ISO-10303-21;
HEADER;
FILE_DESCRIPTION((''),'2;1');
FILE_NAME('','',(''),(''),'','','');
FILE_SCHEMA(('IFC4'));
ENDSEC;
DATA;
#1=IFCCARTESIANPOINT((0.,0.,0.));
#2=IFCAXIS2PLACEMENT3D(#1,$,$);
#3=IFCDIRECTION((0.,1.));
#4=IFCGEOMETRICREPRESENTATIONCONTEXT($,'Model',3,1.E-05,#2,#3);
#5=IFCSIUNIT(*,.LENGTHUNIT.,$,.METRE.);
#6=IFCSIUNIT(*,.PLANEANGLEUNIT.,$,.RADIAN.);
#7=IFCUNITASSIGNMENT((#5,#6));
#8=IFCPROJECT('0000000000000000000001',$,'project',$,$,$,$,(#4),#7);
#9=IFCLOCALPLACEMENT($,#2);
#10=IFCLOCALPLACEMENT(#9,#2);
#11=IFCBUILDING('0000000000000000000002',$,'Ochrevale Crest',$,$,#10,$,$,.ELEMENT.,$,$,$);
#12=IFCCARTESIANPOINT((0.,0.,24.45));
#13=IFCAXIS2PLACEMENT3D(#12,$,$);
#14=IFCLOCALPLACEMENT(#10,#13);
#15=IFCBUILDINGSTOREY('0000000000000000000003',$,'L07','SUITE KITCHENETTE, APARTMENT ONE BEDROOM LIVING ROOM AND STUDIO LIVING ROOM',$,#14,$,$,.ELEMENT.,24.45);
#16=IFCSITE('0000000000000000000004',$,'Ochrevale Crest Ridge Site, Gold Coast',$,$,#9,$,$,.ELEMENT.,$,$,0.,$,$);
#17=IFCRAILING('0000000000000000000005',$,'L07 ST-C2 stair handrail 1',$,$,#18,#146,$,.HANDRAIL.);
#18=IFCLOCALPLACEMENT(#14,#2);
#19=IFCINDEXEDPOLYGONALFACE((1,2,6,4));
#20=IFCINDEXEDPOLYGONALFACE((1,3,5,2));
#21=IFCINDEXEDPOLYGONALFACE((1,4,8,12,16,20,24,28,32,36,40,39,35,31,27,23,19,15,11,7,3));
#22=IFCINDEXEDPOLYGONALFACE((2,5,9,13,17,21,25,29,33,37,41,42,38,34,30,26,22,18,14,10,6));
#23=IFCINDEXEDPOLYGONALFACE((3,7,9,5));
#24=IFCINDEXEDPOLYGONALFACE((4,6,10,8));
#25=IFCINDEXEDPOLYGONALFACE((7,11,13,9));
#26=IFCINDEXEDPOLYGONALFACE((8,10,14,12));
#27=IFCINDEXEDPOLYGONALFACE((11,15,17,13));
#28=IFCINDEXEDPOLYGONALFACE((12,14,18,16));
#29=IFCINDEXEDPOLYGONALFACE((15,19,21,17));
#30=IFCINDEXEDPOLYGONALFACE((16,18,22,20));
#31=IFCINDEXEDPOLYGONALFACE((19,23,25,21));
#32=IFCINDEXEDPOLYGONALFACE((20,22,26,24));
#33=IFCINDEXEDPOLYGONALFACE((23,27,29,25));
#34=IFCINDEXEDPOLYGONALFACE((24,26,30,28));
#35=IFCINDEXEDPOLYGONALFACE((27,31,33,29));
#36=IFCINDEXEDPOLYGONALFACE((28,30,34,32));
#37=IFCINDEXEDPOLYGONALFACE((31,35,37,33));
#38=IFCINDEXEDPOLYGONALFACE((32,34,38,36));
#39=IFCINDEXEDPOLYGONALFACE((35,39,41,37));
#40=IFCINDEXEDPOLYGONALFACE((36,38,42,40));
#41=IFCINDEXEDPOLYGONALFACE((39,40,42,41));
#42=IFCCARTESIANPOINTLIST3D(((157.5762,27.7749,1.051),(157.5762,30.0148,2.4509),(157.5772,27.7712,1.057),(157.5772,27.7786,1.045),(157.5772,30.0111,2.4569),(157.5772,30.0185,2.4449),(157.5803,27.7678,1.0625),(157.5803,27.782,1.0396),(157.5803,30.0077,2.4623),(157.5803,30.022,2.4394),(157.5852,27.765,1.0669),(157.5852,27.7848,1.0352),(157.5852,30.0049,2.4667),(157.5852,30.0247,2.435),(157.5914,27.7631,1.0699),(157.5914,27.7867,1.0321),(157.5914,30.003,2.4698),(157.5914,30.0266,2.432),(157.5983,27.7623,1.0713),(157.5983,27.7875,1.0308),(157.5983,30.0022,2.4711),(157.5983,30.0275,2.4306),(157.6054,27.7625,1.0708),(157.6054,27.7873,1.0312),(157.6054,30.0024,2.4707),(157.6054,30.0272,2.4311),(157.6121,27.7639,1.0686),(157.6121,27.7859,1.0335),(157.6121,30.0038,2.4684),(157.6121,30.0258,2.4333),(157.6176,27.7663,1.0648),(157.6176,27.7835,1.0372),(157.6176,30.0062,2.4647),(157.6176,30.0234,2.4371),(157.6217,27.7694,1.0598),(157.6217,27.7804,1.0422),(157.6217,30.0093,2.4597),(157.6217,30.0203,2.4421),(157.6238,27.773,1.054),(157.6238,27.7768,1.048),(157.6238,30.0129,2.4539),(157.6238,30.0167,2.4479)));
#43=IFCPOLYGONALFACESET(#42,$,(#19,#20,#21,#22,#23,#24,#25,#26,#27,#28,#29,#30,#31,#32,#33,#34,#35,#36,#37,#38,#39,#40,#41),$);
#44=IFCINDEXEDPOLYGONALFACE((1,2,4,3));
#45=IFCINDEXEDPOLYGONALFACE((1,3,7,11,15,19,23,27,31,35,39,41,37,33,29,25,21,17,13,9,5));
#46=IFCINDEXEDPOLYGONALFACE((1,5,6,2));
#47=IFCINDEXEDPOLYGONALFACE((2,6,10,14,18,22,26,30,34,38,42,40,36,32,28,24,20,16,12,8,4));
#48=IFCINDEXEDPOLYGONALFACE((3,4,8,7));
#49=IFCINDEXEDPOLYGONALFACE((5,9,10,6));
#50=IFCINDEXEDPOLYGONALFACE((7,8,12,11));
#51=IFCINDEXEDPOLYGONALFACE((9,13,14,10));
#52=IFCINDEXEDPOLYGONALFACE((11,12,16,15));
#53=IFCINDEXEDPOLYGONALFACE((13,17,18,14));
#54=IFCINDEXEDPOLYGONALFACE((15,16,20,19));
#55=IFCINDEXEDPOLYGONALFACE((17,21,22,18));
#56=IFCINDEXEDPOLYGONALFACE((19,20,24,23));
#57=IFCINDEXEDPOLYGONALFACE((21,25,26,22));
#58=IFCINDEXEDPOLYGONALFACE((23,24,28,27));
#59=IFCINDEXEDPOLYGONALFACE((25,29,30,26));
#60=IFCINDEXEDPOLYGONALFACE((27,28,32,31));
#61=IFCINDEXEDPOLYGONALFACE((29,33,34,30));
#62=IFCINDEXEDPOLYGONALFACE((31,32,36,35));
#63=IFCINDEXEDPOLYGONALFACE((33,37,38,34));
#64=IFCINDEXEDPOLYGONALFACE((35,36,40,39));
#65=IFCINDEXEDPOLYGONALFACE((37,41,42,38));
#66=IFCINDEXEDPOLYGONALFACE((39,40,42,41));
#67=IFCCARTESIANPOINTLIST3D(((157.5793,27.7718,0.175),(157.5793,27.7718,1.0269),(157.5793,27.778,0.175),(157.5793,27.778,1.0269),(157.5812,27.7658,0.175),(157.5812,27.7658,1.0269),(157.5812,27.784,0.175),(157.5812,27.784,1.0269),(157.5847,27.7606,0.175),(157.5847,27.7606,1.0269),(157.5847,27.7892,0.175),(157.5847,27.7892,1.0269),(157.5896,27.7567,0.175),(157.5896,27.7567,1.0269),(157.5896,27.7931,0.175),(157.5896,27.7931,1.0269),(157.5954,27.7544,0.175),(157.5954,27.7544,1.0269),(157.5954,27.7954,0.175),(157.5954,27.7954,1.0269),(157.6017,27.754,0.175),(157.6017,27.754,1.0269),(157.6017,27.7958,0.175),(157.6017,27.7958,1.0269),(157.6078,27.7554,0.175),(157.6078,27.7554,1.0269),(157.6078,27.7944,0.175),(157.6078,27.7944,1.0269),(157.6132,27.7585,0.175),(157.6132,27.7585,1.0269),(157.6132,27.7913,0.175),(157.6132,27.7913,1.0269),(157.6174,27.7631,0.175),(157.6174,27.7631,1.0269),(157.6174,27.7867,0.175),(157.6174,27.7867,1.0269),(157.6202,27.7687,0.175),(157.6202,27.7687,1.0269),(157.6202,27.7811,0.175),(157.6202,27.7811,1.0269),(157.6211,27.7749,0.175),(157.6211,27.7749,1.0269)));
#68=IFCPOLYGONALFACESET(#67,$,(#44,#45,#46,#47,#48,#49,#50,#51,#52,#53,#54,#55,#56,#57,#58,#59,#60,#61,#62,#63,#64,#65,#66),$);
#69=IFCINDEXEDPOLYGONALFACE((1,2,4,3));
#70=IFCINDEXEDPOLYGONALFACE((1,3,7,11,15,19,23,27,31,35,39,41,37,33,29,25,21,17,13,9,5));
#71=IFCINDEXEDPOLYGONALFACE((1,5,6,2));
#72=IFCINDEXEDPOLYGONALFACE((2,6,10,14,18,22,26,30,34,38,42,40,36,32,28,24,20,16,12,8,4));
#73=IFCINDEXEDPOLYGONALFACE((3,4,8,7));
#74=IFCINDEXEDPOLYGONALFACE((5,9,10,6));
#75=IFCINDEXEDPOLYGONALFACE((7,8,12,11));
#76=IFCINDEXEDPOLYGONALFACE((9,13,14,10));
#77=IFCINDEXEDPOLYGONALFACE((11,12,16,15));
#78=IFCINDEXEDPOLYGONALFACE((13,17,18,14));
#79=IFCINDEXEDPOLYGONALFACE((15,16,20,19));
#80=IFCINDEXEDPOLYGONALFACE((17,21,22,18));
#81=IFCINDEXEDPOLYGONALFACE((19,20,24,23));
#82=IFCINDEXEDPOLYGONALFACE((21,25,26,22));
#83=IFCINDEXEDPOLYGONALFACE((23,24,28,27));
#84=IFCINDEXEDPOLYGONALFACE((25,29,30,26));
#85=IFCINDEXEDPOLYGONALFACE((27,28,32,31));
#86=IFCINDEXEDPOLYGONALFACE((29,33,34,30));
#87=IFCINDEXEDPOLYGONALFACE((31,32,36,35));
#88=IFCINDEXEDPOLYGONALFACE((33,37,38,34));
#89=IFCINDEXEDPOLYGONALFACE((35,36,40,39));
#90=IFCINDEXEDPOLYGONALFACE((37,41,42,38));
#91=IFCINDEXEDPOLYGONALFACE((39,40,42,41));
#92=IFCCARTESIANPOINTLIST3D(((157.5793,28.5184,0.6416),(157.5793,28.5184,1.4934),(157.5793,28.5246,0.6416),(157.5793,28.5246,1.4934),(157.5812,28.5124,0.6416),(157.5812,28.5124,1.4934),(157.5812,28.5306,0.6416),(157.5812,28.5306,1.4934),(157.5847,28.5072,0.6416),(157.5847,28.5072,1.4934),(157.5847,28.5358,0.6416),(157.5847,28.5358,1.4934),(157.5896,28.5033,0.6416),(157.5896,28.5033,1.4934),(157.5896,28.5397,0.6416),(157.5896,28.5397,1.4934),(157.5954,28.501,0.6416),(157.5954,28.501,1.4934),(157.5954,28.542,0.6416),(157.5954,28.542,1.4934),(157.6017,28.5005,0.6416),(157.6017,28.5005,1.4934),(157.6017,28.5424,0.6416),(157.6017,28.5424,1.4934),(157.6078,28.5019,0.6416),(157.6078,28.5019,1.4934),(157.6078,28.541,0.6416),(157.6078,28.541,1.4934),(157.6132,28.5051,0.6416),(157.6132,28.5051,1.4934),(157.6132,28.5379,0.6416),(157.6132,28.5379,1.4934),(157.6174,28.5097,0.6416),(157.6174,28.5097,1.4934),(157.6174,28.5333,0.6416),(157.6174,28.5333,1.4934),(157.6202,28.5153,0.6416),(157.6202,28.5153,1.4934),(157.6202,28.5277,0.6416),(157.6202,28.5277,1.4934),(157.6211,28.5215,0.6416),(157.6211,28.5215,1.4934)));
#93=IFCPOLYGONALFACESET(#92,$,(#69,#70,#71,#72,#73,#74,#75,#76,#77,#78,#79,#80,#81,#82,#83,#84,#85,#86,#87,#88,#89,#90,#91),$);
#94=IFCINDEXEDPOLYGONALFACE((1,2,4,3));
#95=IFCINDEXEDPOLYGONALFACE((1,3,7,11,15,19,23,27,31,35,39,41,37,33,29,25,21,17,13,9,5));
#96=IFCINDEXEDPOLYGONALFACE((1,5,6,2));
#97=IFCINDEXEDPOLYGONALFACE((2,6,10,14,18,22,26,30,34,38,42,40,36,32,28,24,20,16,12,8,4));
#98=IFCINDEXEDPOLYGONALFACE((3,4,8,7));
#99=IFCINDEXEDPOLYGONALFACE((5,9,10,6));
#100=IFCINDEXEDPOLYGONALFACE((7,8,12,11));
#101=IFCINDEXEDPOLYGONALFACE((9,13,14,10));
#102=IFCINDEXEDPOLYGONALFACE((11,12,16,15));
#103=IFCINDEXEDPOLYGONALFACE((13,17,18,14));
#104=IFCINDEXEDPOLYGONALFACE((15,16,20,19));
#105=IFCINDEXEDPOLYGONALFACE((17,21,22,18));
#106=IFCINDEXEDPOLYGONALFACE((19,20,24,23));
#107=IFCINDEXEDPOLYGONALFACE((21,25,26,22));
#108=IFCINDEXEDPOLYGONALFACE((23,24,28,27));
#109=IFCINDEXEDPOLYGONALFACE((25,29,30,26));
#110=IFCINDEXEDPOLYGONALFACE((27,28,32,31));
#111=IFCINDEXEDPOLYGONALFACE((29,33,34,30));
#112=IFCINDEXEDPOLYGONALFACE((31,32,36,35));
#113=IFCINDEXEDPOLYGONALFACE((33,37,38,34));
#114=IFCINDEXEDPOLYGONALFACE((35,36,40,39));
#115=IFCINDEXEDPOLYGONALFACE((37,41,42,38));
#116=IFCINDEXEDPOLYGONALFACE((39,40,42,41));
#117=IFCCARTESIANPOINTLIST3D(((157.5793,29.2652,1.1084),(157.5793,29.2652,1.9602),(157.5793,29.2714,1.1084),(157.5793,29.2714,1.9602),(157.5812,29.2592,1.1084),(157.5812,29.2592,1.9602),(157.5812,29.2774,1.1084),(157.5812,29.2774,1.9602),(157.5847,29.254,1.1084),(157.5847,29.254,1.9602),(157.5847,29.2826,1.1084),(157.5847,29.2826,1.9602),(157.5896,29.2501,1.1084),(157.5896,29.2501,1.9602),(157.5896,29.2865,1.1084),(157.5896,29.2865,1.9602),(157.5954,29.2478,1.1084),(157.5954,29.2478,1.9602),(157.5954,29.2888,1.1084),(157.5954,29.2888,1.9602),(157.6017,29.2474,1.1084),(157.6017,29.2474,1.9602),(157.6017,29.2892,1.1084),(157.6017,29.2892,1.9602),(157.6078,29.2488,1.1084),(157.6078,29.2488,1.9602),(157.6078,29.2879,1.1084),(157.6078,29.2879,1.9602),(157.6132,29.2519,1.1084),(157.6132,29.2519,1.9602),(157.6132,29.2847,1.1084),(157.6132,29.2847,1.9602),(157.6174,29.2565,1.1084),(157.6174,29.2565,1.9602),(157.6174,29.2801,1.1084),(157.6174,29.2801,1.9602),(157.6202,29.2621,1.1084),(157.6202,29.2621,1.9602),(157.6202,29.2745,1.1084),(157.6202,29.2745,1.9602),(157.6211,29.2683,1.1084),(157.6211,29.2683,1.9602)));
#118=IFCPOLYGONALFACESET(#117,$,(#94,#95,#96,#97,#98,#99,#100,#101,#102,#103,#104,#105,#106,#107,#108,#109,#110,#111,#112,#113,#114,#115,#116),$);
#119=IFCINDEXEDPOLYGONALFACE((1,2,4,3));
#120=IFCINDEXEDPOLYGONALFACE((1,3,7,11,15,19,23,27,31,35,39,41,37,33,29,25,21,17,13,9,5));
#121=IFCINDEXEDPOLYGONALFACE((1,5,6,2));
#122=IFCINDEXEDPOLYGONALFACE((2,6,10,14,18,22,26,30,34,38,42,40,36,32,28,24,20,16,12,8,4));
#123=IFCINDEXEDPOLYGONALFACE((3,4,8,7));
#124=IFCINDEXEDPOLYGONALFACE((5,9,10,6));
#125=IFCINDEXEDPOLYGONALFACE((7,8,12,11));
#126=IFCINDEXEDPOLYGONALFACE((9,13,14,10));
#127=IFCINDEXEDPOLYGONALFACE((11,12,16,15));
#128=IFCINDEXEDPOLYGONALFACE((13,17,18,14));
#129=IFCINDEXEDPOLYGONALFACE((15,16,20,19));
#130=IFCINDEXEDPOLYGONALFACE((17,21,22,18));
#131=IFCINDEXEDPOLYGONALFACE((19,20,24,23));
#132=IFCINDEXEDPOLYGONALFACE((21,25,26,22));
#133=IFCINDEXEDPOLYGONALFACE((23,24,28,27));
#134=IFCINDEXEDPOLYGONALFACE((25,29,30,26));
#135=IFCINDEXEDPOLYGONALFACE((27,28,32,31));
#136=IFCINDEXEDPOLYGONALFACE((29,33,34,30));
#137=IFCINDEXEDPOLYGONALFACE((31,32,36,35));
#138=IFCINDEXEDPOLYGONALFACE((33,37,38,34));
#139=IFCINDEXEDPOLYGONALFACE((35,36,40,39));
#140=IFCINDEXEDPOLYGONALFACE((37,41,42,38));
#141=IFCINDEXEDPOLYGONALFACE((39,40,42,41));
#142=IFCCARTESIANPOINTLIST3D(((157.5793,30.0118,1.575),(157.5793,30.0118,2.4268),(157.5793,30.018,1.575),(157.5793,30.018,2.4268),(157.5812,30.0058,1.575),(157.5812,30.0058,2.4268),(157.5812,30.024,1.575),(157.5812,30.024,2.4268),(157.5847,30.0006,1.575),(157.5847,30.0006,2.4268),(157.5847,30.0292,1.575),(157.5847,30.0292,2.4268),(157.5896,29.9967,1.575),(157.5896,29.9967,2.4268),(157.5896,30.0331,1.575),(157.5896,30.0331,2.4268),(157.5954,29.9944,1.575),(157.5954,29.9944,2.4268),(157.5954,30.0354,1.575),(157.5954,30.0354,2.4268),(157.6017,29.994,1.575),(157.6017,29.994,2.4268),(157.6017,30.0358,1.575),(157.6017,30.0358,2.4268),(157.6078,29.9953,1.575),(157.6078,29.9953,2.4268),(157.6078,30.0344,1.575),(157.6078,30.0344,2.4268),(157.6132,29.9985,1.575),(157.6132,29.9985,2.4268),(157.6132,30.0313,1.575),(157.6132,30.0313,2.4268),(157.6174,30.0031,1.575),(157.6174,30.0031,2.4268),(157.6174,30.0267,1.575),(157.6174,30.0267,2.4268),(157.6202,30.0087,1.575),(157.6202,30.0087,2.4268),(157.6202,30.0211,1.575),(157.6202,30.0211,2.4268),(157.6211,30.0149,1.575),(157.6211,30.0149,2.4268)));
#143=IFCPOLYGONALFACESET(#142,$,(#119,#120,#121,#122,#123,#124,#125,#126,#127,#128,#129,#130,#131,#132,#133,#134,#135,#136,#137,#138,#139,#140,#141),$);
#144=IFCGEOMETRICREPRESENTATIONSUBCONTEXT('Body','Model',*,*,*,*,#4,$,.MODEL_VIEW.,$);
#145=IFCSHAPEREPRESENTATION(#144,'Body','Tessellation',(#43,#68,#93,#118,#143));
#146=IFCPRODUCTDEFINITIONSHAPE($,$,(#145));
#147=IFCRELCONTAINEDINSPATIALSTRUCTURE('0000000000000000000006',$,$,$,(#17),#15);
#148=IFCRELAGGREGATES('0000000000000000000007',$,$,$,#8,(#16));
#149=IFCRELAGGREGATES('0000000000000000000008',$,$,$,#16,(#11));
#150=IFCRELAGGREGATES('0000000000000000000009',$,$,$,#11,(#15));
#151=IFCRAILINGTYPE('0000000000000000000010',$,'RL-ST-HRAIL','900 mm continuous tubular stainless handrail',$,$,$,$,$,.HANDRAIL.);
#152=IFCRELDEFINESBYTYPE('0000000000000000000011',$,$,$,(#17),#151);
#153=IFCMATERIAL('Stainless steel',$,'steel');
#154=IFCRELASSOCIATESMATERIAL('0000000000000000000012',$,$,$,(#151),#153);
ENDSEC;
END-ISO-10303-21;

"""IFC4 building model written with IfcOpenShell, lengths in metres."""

from ifc_helpers import new_model, si_unit, direction, frame, origin, origin_2d, place, context, subcontext, project, spatial, circle, extrude, material, type_object, element, save


model = new_model("IFC4")

# Units and contexts
model_context = context("Model", 3, precision=1e-05, world=origin(), true_north=direction((0.0, 1.0)))
body_context = subcontext(model_context, "Body", "Model", "MODEL_VIEW")
ifc_project = project(units=[si_unit("LENGTHUNIT", "METRE"), si_unit("PLANEANGLEUNIT", "RADIAN")], contexts=[model_context])

# Site, building, storey
site_placement = place(None, origin())
site = spatial("IfcSite", under=ifc_project, at=site_placement, Name="Ochrevale Crest Ridge Site, Gold Coast", CompositionType="ELEMENT", RefElevation=0.0)
building_placement = place(site_placement, origin())
building = spatial("IfcBuilding", under=site, at=building_placement, Name="Ochrevale Crest", CompositionType="ELEMENT")
storey_placement = place(building_placement, frame((0.0, 0.0, 24.45)))
storey = spatial("IfcBuildingStorey", under=building, at=storey_placement, Name="L07", Description="SUITE KITCHENETTE, APARTMENT ONE BEDROOM LIVING ROOM AND STUDIO LIVING ROOM", CompositionType="ELEMENT", Elevation=24.45)

# Railing
ifc_material_1 = material(Name="Stainless steel", Category="steel")
railing_type_1 = type_object("IfcRailingType", Name="RL-ST-HRAIL", Description="900 mm continuous tubular stainless handrail", PredefinedType="HANDRAIL", material=ifc_material_1)
railing_1_placement = place(storey_placement, frame((157.6001, 27.7749, 0.175)))
element("IfcRailing", 1, at=railing_1_placement, inside=storey, type_object=railing_type_1, Name="L07 ST-C2 stair handrail 1", PredefinedType="HANDRAIL", context=body_context, shape_type="SweptSolid", body=[
    extrude(circle(Radius=0.0239, at=origin_2d()), frame((0.0, 0.0, 0.876), z_axis=(0.0, 0.848014, 0.529974), x_axis=(-1.0, 0.0, 0.0)), (0.0, 0.0, 1.0), 2.6414),
    extrude(circle(Radius=0.021, at=origin_2d()), origin(), (0.0, 0.0, 1.0), 0.8518),
    extrude(circle(Radius=0.021, at=origin_2d()), frame((0.0, 0.7466, 0.4666)), (0.0, 0.0, 1.0), 0.8518),
    extrude(circle(Radius=0.021, at=origin_2d()), frame((0.0, 1.4934, 0.9333)), (0.0, 0.0, 1.0), 0.8518),
    extrude(circle(Radius=0.021, at=origin_2d()), frame((0.0, 2.24, 1.3999)), (0.0, 0.0, 1.0), 0.8518),
])

save(model, "model.ifc")
